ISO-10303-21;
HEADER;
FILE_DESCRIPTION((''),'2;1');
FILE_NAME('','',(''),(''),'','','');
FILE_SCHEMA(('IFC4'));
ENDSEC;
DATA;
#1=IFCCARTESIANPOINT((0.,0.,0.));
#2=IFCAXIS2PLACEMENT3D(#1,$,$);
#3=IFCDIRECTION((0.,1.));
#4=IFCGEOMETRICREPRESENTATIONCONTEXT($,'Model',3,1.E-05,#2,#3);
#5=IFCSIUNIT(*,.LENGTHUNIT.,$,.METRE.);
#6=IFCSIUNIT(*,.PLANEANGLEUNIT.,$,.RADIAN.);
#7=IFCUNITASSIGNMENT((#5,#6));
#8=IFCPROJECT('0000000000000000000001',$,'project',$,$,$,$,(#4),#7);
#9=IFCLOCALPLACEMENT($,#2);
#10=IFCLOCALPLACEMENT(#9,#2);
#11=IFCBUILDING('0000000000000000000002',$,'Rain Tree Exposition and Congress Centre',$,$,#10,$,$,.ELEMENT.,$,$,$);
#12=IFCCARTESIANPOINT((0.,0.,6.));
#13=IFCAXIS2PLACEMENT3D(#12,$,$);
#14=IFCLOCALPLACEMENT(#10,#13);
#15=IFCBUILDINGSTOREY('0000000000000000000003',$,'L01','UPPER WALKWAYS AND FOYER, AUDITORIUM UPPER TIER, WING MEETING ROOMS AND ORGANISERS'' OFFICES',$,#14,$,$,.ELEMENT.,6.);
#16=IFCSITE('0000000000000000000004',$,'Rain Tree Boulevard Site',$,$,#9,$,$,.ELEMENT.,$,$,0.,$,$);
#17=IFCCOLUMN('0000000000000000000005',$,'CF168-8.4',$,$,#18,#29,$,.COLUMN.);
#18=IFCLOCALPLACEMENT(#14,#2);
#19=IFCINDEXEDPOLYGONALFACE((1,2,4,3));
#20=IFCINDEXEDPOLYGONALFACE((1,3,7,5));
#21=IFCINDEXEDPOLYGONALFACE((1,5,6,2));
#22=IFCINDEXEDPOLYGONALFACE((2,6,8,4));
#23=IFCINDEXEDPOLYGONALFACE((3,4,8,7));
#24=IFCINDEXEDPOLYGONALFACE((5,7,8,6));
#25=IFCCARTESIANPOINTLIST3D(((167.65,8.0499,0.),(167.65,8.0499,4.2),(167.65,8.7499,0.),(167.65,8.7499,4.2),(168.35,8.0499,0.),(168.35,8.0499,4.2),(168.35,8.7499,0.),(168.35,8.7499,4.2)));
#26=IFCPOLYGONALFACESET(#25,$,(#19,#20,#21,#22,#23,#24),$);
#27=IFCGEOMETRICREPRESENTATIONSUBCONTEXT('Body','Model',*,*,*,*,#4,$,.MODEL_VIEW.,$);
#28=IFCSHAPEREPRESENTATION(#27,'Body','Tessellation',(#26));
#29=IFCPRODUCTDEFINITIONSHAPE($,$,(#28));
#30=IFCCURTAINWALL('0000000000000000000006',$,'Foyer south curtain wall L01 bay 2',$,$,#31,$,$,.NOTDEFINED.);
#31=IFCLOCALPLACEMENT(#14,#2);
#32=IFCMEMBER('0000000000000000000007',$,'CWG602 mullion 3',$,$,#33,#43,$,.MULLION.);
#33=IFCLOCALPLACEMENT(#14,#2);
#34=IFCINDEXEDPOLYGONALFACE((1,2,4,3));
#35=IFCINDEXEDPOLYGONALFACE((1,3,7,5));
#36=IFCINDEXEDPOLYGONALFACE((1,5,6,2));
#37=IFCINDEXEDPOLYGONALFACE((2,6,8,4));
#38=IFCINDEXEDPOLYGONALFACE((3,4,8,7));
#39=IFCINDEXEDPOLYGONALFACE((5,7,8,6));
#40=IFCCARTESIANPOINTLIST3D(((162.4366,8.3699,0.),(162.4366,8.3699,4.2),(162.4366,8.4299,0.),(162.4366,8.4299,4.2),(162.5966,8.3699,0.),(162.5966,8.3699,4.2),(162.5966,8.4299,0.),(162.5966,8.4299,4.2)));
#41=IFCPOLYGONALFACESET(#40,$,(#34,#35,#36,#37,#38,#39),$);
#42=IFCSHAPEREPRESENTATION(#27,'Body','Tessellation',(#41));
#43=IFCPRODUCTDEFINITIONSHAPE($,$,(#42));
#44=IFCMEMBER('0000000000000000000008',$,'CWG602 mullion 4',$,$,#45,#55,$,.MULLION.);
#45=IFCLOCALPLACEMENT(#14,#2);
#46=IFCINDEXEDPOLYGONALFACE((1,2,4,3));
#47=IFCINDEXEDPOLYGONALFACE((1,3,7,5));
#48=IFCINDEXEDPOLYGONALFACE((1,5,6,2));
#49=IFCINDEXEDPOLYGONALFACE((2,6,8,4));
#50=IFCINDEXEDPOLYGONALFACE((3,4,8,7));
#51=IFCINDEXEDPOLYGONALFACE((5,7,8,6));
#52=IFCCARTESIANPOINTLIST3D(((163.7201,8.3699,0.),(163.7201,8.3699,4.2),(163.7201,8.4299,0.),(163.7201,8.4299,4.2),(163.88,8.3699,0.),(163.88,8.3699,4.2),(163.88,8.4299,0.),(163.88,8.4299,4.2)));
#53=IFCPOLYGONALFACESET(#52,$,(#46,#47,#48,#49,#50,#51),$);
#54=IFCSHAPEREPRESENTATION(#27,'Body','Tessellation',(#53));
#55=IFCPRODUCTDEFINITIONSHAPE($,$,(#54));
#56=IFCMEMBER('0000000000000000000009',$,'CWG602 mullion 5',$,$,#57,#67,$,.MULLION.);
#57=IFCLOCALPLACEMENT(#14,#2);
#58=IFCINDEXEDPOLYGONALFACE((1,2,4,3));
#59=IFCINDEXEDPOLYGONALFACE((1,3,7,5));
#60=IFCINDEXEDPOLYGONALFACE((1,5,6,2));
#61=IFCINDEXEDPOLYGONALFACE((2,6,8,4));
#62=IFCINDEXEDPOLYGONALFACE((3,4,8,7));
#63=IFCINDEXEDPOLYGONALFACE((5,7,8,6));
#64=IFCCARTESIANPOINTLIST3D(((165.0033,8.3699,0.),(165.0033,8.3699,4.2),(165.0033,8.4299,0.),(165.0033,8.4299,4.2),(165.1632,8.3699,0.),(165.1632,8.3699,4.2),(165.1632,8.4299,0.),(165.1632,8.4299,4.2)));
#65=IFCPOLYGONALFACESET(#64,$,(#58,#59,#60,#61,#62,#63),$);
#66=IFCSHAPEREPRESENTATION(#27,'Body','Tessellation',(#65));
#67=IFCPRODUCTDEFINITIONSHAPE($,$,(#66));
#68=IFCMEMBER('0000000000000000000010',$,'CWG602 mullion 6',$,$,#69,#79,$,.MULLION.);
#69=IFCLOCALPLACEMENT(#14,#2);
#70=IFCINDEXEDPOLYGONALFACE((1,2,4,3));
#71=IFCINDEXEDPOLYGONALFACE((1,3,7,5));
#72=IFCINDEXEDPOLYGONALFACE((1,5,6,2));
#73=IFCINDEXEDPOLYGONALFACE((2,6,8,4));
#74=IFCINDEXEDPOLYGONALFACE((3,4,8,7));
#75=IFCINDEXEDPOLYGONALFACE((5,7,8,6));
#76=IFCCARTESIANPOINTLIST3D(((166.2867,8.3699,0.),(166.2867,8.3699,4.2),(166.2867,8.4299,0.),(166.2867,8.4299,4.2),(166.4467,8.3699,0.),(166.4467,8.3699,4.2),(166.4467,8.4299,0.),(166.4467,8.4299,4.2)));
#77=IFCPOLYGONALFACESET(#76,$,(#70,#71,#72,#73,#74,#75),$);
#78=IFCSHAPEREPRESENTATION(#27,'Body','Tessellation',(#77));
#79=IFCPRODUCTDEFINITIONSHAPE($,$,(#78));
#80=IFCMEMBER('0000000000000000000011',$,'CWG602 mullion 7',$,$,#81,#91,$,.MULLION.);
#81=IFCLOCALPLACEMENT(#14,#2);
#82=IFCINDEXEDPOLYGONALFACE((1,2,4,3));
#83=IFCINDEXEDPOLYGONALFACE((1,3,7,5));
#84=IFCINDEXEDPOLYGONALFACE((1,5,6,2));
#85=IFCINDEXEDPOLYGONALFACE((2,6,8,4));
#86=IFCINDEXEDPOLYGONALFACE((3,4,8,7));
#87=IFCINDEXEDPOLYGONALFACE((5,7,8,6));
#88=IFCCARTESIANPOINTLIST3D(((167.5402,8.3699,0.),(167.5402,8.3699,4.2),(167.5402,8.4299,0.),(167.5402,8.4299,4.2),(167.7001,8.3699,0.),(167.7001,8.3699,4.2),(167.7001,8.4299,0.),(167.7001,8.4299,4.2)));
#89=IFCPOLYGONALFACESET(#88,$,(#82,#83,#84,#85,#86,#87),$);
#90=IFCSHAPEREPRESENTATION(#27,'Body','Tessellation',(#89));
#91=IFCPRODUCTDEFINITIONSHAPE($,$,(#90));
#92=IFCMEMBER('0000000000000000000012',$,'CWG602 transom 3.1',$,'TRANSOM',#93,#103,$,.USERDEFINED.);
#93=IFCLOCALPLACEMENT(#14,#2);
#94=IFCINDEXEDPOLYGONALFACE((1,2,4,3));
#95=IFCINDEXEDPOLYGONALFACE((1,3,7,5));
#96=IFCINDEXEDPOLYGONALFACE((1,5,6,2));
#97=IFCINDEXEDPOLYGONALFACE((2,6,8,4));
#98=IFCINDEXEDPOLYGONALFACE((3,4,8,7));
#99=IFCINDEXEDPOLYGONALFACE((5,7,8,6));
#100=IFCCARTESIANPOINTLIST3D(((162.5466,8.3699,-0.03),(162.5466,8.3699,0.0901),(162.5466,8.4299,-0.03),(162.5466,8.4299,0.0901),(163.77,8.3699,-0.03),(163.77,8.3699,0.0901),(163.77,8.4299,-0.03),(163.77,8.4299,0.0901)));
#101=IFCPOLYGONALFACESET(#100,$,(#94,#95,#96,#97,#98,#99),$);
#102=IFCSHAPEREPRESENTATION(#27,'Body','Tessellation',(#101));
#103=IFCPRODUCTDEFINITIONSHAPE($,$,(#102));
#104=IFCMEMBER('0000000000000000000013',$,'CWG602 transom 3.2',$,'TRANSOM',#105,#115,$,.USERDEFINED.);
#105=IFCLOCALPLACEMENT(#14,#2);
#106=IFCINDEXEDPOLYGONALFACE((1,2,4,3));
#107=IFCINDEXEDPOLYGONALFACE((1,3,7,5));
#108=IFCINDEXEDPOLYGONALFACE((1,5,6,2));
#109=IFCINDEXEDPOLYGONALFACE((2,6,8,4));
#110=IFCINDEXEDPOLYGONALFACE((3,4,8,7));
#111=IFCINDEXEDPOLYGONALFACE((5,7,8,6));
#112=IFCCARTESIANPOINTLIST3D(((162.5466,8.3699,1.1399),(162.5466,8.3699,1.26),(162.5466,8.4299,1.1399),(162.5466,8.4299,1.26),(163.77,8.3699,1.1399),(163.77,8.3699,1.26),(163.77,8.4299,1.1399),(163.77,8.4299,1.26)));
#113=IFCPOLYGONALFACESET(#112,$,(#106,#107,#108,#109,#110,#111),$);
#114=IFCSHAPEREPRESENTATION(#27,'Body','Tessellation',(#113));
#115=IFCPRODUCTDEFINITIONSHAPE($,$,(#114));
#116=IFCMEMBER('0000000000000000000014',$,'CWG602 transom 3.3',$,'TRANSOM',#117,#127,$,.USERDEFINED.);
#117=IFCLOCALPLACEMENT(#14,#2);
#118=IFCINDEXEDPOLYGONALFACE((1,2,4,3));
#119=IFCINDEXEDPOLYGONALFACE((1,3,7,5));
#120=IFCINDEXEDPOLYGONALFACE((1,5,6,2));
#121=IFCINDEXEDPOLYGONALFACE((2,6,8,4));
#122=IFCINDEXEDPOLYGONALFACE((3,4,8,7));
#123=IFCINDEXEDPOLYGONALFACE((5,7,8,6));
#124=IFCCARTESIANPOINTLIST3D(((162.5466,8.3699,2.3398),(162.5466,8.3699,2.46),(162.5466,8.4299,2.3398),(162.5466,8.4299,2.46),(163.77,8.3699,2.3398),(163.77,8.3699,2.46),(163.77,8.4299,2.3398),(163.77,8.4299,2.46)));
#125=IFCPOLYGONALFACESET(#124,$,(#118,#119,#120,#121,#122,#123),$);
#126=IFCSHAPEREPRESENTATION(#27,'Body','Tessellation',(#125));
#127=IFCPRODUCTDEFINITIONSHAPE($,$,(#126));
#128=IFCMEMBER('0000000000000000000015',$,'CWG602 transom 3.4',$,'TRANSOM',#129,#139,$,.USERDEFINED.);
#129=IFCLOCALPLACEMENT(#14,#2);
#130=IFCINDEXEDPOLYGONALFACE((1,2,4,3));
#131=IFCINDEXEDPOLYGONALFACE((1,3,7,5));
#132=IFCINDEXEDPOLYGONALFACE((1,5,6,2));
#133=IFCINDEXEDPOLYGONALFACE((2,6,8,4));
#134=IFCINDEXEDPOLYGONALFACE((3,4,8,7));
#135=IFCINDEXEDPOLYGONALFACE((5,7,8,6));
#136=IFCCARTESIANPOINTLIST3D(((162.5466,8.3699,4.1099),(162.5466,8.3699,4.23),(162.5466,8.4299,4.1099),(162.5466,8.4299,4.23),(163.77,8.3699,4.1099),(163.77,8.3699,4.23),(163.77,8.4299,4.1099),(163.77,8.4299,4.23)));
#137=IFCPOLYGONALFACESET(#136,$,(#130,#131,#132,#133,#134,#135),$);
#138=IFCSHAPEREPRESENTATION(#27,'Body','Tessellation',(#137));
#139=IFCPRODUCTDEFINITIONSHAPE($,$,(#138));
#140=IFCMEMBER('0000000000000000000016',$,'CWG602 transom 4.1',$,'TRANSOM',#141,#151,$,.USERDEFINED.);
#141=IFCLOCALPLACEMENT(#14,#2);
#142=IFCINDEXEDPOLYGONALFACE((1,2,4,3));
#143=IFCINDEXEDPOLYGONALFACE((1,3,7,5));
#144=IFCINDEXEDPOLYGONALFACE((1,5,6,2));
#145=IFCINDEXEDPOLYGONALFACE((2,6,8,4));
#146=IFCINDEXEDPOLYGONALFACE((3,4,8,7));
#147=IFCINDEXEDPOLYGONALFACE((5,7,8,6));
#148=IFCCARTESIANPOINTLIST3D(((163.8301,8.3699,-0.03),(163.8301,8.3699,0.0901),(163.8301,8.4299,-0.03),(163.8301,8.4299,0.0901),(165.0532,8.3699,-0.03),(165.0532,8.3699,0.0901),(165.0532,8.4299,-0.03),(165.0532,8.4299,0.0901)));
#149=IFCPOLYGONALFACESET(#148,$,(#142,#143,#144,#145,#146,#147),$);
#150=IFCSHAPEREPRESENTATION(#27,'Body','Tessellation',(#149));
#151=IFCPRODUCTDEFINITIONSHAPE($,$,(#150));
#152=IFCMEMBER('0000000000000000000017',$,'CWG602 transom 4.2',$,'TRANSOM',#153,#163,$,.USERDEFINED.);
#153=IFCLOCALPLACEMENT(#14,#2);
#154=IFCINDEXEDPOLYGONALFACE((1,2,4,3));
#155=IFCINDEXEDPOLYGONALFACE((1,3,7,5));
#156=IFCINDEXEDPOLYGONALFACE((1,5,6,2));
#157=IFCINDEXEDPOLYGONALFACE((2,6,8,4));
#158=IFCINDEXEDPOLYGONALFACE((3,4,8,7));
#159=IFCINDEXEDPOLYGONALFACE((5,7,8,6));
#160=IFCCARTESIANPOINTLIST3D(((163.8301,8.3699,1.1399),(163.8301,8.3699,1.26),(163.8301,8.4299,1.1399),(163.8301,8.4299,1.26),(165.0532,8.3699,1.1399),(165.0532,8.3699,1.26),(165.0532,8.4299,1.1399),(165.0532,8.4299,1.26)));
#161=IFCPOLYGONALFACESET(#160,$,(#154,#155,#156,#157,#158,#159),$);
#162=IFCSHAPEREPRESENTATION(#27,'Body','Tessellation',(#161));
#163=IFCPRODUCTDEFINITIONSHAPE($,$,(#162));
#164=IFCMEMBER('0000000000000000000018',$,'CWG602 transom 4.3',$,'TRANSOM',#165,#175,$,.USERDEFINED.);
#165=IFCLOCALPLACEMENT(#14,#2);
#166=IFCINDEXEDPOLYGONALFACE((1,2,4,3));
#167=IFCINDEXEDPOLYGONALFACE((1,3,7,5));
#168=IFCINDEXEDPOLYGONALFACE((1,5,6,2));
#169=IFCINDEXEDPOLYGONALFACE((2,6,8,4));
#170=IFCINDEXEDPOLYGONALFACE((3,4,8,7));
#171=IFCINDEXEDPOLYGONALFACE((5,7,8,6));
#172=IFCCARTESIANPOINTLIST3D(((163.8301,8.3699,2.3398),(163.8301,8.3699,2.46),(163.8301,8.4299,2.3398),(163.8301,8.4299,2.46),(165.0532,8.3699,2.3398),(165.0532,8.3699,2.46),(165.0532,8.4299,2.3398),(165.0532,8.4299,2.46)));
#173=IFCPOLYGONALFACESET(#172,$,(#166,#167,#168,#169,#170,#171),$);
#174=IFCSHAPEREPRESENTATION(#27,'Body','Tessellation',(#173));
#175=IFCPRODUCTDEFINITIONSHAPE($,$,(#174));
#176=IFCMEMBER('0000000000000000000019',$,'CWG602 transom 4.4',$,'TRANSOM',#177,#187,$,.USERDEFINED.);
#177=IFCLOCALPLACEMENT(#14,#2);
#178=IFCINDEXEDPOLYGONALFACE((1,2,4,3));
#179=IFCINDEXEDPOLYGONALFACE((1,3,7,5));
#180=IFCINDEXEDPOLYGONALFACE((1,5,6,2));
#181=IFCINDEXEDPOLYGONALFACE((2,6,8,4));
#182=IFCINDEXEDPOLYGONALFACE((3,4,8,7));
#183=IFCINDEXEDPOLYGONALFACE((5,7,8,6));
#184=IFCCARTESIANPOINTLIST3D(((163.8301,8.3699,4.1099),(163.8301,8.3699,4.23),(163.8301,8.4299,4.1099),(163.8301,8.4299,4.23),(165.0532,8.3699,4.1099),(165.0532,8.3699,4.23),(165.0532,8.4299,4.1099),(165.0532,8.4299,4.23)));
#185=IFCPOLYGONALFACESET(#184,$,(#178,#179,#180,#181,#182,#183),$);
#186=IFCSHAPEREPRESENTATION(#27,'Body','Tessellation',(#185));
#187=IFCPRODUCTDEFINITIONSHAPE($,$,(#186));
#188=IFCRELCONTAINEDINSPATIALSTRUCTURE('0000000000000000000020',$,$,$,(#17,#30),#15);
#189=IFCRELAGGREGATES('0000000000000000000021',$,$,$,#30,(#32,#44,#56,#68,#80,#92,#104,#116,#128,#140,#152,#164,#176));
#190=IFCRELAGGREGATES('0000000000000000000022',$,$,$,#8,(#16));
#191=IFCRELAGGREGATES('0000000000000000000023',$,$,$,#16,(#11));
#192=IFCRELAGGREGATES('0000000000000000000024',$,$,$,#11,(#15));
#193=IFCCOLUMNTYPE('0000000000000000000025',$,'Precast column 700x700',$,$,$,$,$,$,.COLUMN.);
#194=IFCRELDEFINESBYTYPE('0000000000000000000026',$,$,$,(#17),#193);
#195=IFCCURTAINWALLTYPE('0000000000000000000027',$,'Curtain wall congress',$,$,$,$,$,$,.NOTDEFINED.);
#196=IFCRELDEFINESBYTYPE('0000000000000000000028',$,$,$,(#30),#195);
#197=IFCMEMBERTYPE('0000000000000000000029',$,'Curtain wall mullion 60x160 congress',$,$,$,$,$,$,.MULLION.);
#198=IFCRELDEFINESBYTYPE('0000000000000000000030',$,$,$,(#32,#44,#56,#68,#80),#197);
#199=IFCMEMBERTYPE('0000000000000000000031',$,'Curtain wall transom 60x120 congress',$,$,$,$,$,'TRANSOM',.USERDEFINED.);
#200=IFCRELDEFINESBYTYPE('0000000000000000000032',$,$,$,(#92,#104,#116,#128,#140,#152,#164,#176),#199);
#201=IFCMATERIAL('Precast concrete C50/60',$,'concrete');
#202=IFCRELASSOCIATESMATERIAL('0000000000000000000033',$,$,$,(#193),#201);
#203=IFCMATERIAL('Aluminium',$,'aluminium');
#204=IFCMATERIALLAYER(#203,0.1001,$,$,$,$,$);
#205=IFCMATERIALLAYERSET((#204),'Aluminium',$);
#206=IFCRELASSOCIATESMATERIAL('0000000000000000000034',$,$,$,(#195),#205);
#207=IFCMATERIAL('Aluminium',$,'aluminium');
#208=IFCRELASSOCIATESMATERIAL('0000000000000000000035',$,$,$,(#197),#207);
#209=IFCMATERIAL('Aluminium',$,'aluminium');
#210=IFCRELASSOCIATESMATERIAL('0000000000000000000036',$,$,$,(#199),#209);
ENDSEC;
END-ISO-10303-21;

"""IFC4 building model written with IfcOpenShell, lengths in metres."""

from ifc_helpers import new_model, si_unit, direction, frame, origin, origin_2d, place, context, subcontext, project, spatial, rectangle, extrude, material, layer, layer_set, material_profile, profile_set, type_object, element, aggregate, save


model = new_model("IFC4")

# Units and contexts
model_context = context("Model", 3, precision=1e-05, world=origin(), true_north=direction((0.0, 1.0)))
body_context = subcontext(model_context, "Body", "Model", "MODEL_VIEW")
ifc_project = project(units=[si_unit("LENGTHUNIT", "METRE"), si_unit("PLANEANGLEUNIT", "RADIAN")], contexts=[model_context])

# Site, building, storey
site_placement = place(None, origin())
site = spatial("IfcSite", under=ifc_project, at=site_placement, Name="Rain Tree Boulevard Site", CompositionType="ELEMENT", RefElevation=0.0)
building_placement = place(site_placement, origin())
building = spatial("IfcBuilding", under=site, at=building_placement, Name="Rain Tree Exposition and Congress Centre", CompositionType="ELEMENT")
storey_placement = place(building_placement, frame((0.0, 0.0, 6.0)))
storey = spatial("IfcBuildingStorey", under=building, at=storey_placement, Name="L01", Description="UPPER WALKWAYS AND FOYER, AUDITORIUM UPPER TIER, WING MEETING ROOMS AND ORGANISERS' OFFICES", CompositionType="ELEMENT", Elevation=6.0)

# Column
ifc_material_1 = material(Name="Precast concrete C50/60", Category="concrete")
ifc_material_profile_1 = material_profile(ifc_material_1, rectangle(XDim=0.7, YDim=0.7, at=origin_2d()), Name="RC 700x700")
ifc_profile_set_1 = profile_set([ifc_material_profile_1], Name="Precast concrete C50/60")
column_type = type_object("IfcColumnType", Name="Precast column 700x700", PredefinedType="COLUMN", material=ifc_profile_set_1)
column_placement = place(storey_placement, frame((168.0, 8.3999, 0.0), z_axis=(0.0, 0.0, 1.0), x_axis=(1.0, 0.0, 0.0)))
element("IfcColumn", 1, at=column_placement, inside=storey, type_object=column_type, Name="CF168-8.4", PredefinedType="COLUMN", context=body_context, shape_type="SweptSolid", body=[
    extrude(rectangle(XDim=0.7, YDim=0.7, at=origin_2d()), origin(), (0.0, 0.0, 1.0), 4.2),
])

# Curtain wall, members
ifc_material_2 = material(Name="Aluminium", Category="aluminium")
ifc_layer_1 = layer(ifc_material_2, 0.1001)
ifc_layer_set_1 = layer_set([ifc_layer_1], Name="Aluminium")
curtain_wall_type = type_object("IfcCurtainWallType", Name="Curtain wall congress", PredefinedType="NOTDEFINED", material=ifc_layer_set_1)
curtain_wall_placement = place(storey_placement, origin())
curtain_wall = element("IfcCurtainWall", 2, at=curtain_wall_placement, inside=storey, type_object=curtain_wall_type, Name="Foyer south curtain wall L01 bay 2", PredefinedType="NOTDEFINED")
ifc_material_3 = material(Name="Aluminium", Category="aluminium")
ifc_material_profile_2 = material_profile(ifc_material_3, rectangle(XDim=0.0601, YDim=0.1599, at=origin_2d()), Name="AL 60x160")
ifc_profile_set_2 = profile_set([ifc_material_profile_2], Name="Aluminium")
member_type_1 = type_object("IfcMemberType", Name="Curtain wall mullion 60x160 congress", PredefinedType="MULLION", material=ifc_profile_set_2)
member_1_placement = place(storey_placement, frame((162.5166, 8.3999, 0.0), z_axis=(0.0, 0.0, 1.0), x_axis=(0.0, 1.0, 0.0)))
member_1 = element("IfcMember", 3, at=member_1_placement, type_object=member_type_1, Name="CWG602 mullion 3", PredefinedType="MULLION", context=body_context, shape_type="SweptSolid", body=[
    extrude(rectangle(XDim=0.0601, YDim=0.1599, at=origin_2d()), origin(), (0.0, 0.0, 1.0), 4.2),
])
member_2_placement = place(storey_placement, frame((163.8, 8.3999, 0.0), z_axis=(0.0, 0.0, 1.0), x_axis=(0.0, 1.0, 0.0)))
member_2 = element("IfcMember", 4, at=member_2_placement, type_object=member_type_1, Name="CWG602 mullion 4", PredefinedType="MULLION", context=body_context, shape_type="SweptSolid", body=[
    extrude(rectangle(XDim=0.0601, YDim=0.1599, at=origin_2d()), origin(), (0.0, 0.0, 1.0), 4.2),
])
member_3_placement = place(storey_placement, frame((165.0833, 8.3999, 0.0), z_axis=(0.0, 0.0, 1.0), x_axis=(0.0, 1.0, 0.0)))
member_3 = element("IfcMember", 5, at=member_3_placement, type_object=member_type_1, Name="CWG602 mullion 5", PredefinedType="MULLION", context=body_context, shape_type="SweptSolid", body=[
    extrude(rectangle(XDim=0.0601, YDim=0.1599, at=origin_2d()), origin(), (0.0, 0.0, 1.0), 4.2),
])
member_4_placement = place(storey_placement, frame((166.3667, 8.3999, 0.0), z_axis=(0.0, 0.0, 1.0), x_axis=(0.0, 1.0, 0.0)))
member_4 = element("IfcMember", 6, at=member_4_placement, type_object=member_type_1, Name="CWG602 mullion 6", PredefinedType="MULLION", context=body_context, shape_type="SweptSolid", body=[
    extrude(rectangle(XDim=0.0601, YDim=0.1599, at=origin_2d()), origin(), (0.0, 0.0, 1.0), 4.2),
])
member_5_placement = place(storey_placement, frame((167.6201, 8.3999, 0.0), z_axis=(0.0, 0.0, 1.0), x_axis=(0.0, 1.0, 0.0)))
member_5 = element("IfcMember", 7, at=member_5_placement, type_object=member_type_1, Name="CWG602 mullion 7", PredefinedType="MULLION", context=body_context, shape_type="SweptSolid", body=[
    extrude(rectangle(XDim=0.0601, YDim=0.1599, at=origin_2d()), origin(), (0.0, 0.0, 1.0), 4.2),
])
ifc_material_4 = material(Name="Aluminium", Category="aluminium")
ifc_material_profile_3 = material_profile(ifc_material_4, rectangle(XDim=0.0601, YDim=0.1201, at=origin_2d()), Name="AL 60x120")
ifc_profile_set_3 = profile_set([ifc_material_profile_3], Name="Aluminium")
member_type_2 = type_object("IfcMemberType", Name="Curtain wall transom 60x120 congress", ElementType="TRANSOM", PredefinedType="USERDEFINED", material=ifc_profile_set_3)
member_6_placement = place(storey_placement, frame((162.5466, 8.3999, 0.03), z_axis=(1.0, 0.0, 0.0), x_axis=(0.0, 1.0, 0.0)))
member_6 = element("IfcMember", 8, at=member_6_placement, type_object=member_type_2, Name="CWG602 transom 3.1", ObjectType="TRANSOM", PredefinedType="USERDEFINED", context=body_context, shape_type="SweptSolid", body=[
    extrude(rectangle(XDim=0.0601, YDim=0.1201, at=origin_2d()), origin(), (0.0, 0.0, 1.0), 1.2234),
])
member_7_placement = place(storey_placement, frame((162.5466, 8.3999, 1.2), z_axis=(1.0, 0.0, 0.0), x_axis=(0.0, 1.0, 0.0)))
member_7 = element("IfcMember", 9, at=member_7_placement, type_object=member_type_2, Name="CWG602 transom 3.2", ObjectType="TRANSOM", PredefinedType="USERDEFINED", context=body_context, shape_type="SweptSolid", body=[
    extrude(rectangle(XDim=0.0601, YDim=0.1201, at=origin_2d()), origin(), (0.0, 0.0, 1.0), 1.2234),
])
member_8_placement = place(storey_placement, frame((162.5466, 8.3999, 2.3999), z_axis=(1.0, 0.0, 0.0), x_axis=(0.0, 1.0, 0.0)))
member_8 = element("IfcMember", 10, at=member_8_placement, type_object=member_type_2, Name="CWG602 transom 3.3", ObjectType="TRANSOM", PredefinedType="USERDEFINED", context=body_context, shape_type="SweptSolid", body=[
    extrude(rectangle(XDim=0.0601, YDim=0.1201, at=origin_2d()), origin(), (0.0, 0.0, 1.0), 1.2234),
])
member_9_placement = place(storey_placement, frame((162.5466, 8.3999, 4.1699), z_axis=(1.0, 0.0, 0.0), x_axis=(0.0, 1.0, 0.0)))
member_9 = element("IfcMember", 11, at=member_9_placement, type_object=member_type_2, Name="CWG602 transom 3.4", ObjectType="TRANSOM", PredefinedType="USERDEFINED", context=body_context, shape_type="SweptSolid", body=[
    extrude(rectangle(XDim=0.0601, YDim=0.1201, at=origin_2d()), origin(), (0.0, 0.0, 1.0), 1.2234),
])
member_10_placement = place(storey_placement, frame((163.8301, 8.3999, 0.03), z_axis=(1.0, 0.0, 0.0), x_axis=(0.0, 1.0, 0.0)))
member_10 = element("IfcMember", 12, at=member_10_placement, type_object=member_type_2, Name="CWG602 transom 4.1", ObjectType="TRANSOM", PredefinedType="USERDEFINED", context=body_context, shape_type="SweptSolid", body=[
    extrude(rectangle(XDim=0.0601, YDim=0.1201, at=origin_2d()), origin(), (0.0, 0.0, 1.0), 1.2231),
])
member_11_placement = place(storey_placement, frame((163.8301, 8.3999, 1.2), z_axis=(1.0, 0.0, 0.0), x_axis=(0.0, 1.0, 0.0)))
member_11 = element("IfcMember", 13, at=member_11_placement, type_object=member_type_2, Name="CWG602 transom 4.2", ObjectType="TRANSOM", PredefinedType="USERDEFINED", context=body_context, shape_type="SweptSolid", body=[
    extrude(rectangle(XDim=0.0601, YDim=0.1201, at=origin_2d()), origin(), (0.0, 0.0, 1.0), 1.2231),
])
member_12_placement = place(storey_placement, frame((163.8301, 8.3999, 2.3999), z_axis=(1.0, 0.0, 0.0), x_axis=(0.0, 1.0, 0.0)))
member_12 = element("IfcMember", 14, at=member_12_placement, type_object=member_type_2, Name="CWG602 transom 4.3", ObjectType="TRANSOM", PredefinedType="USERDEFINED", context=body_context, shape_type="SweptSolid", body=[
    extrude(rectangle(XDim=0.0601, YDim=0.1201, at=origin_2d()), origin(), (0.0, 0.0, 1.0), 1.2231),
])
member_13_placement = place(storey_placement, frame((163.8301, 8.3999, 4.1699), z_axis=(1.0, 0.0, 0.0), x_axis=(0.0, 1.0, 0.0)))
member_13 = element("IfcMember", 15, at=member_13_placement, type_object=member_type_2, Name="CWG602 transom 4.4", ObjectType="TRANSOM", PredefinedType="USERDEFINED", context=body_context, shape_type="SweptSolid", body=[
    extrude(rectangle(XDim=0.0601, YDim=0.1201, at=origin_2d()), origin(), (0.0, 0.0, 1.0), 1.2231),
])

aggregate(curtain_wall, [member_1, member_2, member_3, member_4, member_5, member_6, member_7, member_8, member_9, member_10, member_11, member_12, member_13])

save(model, "model.ifc")
